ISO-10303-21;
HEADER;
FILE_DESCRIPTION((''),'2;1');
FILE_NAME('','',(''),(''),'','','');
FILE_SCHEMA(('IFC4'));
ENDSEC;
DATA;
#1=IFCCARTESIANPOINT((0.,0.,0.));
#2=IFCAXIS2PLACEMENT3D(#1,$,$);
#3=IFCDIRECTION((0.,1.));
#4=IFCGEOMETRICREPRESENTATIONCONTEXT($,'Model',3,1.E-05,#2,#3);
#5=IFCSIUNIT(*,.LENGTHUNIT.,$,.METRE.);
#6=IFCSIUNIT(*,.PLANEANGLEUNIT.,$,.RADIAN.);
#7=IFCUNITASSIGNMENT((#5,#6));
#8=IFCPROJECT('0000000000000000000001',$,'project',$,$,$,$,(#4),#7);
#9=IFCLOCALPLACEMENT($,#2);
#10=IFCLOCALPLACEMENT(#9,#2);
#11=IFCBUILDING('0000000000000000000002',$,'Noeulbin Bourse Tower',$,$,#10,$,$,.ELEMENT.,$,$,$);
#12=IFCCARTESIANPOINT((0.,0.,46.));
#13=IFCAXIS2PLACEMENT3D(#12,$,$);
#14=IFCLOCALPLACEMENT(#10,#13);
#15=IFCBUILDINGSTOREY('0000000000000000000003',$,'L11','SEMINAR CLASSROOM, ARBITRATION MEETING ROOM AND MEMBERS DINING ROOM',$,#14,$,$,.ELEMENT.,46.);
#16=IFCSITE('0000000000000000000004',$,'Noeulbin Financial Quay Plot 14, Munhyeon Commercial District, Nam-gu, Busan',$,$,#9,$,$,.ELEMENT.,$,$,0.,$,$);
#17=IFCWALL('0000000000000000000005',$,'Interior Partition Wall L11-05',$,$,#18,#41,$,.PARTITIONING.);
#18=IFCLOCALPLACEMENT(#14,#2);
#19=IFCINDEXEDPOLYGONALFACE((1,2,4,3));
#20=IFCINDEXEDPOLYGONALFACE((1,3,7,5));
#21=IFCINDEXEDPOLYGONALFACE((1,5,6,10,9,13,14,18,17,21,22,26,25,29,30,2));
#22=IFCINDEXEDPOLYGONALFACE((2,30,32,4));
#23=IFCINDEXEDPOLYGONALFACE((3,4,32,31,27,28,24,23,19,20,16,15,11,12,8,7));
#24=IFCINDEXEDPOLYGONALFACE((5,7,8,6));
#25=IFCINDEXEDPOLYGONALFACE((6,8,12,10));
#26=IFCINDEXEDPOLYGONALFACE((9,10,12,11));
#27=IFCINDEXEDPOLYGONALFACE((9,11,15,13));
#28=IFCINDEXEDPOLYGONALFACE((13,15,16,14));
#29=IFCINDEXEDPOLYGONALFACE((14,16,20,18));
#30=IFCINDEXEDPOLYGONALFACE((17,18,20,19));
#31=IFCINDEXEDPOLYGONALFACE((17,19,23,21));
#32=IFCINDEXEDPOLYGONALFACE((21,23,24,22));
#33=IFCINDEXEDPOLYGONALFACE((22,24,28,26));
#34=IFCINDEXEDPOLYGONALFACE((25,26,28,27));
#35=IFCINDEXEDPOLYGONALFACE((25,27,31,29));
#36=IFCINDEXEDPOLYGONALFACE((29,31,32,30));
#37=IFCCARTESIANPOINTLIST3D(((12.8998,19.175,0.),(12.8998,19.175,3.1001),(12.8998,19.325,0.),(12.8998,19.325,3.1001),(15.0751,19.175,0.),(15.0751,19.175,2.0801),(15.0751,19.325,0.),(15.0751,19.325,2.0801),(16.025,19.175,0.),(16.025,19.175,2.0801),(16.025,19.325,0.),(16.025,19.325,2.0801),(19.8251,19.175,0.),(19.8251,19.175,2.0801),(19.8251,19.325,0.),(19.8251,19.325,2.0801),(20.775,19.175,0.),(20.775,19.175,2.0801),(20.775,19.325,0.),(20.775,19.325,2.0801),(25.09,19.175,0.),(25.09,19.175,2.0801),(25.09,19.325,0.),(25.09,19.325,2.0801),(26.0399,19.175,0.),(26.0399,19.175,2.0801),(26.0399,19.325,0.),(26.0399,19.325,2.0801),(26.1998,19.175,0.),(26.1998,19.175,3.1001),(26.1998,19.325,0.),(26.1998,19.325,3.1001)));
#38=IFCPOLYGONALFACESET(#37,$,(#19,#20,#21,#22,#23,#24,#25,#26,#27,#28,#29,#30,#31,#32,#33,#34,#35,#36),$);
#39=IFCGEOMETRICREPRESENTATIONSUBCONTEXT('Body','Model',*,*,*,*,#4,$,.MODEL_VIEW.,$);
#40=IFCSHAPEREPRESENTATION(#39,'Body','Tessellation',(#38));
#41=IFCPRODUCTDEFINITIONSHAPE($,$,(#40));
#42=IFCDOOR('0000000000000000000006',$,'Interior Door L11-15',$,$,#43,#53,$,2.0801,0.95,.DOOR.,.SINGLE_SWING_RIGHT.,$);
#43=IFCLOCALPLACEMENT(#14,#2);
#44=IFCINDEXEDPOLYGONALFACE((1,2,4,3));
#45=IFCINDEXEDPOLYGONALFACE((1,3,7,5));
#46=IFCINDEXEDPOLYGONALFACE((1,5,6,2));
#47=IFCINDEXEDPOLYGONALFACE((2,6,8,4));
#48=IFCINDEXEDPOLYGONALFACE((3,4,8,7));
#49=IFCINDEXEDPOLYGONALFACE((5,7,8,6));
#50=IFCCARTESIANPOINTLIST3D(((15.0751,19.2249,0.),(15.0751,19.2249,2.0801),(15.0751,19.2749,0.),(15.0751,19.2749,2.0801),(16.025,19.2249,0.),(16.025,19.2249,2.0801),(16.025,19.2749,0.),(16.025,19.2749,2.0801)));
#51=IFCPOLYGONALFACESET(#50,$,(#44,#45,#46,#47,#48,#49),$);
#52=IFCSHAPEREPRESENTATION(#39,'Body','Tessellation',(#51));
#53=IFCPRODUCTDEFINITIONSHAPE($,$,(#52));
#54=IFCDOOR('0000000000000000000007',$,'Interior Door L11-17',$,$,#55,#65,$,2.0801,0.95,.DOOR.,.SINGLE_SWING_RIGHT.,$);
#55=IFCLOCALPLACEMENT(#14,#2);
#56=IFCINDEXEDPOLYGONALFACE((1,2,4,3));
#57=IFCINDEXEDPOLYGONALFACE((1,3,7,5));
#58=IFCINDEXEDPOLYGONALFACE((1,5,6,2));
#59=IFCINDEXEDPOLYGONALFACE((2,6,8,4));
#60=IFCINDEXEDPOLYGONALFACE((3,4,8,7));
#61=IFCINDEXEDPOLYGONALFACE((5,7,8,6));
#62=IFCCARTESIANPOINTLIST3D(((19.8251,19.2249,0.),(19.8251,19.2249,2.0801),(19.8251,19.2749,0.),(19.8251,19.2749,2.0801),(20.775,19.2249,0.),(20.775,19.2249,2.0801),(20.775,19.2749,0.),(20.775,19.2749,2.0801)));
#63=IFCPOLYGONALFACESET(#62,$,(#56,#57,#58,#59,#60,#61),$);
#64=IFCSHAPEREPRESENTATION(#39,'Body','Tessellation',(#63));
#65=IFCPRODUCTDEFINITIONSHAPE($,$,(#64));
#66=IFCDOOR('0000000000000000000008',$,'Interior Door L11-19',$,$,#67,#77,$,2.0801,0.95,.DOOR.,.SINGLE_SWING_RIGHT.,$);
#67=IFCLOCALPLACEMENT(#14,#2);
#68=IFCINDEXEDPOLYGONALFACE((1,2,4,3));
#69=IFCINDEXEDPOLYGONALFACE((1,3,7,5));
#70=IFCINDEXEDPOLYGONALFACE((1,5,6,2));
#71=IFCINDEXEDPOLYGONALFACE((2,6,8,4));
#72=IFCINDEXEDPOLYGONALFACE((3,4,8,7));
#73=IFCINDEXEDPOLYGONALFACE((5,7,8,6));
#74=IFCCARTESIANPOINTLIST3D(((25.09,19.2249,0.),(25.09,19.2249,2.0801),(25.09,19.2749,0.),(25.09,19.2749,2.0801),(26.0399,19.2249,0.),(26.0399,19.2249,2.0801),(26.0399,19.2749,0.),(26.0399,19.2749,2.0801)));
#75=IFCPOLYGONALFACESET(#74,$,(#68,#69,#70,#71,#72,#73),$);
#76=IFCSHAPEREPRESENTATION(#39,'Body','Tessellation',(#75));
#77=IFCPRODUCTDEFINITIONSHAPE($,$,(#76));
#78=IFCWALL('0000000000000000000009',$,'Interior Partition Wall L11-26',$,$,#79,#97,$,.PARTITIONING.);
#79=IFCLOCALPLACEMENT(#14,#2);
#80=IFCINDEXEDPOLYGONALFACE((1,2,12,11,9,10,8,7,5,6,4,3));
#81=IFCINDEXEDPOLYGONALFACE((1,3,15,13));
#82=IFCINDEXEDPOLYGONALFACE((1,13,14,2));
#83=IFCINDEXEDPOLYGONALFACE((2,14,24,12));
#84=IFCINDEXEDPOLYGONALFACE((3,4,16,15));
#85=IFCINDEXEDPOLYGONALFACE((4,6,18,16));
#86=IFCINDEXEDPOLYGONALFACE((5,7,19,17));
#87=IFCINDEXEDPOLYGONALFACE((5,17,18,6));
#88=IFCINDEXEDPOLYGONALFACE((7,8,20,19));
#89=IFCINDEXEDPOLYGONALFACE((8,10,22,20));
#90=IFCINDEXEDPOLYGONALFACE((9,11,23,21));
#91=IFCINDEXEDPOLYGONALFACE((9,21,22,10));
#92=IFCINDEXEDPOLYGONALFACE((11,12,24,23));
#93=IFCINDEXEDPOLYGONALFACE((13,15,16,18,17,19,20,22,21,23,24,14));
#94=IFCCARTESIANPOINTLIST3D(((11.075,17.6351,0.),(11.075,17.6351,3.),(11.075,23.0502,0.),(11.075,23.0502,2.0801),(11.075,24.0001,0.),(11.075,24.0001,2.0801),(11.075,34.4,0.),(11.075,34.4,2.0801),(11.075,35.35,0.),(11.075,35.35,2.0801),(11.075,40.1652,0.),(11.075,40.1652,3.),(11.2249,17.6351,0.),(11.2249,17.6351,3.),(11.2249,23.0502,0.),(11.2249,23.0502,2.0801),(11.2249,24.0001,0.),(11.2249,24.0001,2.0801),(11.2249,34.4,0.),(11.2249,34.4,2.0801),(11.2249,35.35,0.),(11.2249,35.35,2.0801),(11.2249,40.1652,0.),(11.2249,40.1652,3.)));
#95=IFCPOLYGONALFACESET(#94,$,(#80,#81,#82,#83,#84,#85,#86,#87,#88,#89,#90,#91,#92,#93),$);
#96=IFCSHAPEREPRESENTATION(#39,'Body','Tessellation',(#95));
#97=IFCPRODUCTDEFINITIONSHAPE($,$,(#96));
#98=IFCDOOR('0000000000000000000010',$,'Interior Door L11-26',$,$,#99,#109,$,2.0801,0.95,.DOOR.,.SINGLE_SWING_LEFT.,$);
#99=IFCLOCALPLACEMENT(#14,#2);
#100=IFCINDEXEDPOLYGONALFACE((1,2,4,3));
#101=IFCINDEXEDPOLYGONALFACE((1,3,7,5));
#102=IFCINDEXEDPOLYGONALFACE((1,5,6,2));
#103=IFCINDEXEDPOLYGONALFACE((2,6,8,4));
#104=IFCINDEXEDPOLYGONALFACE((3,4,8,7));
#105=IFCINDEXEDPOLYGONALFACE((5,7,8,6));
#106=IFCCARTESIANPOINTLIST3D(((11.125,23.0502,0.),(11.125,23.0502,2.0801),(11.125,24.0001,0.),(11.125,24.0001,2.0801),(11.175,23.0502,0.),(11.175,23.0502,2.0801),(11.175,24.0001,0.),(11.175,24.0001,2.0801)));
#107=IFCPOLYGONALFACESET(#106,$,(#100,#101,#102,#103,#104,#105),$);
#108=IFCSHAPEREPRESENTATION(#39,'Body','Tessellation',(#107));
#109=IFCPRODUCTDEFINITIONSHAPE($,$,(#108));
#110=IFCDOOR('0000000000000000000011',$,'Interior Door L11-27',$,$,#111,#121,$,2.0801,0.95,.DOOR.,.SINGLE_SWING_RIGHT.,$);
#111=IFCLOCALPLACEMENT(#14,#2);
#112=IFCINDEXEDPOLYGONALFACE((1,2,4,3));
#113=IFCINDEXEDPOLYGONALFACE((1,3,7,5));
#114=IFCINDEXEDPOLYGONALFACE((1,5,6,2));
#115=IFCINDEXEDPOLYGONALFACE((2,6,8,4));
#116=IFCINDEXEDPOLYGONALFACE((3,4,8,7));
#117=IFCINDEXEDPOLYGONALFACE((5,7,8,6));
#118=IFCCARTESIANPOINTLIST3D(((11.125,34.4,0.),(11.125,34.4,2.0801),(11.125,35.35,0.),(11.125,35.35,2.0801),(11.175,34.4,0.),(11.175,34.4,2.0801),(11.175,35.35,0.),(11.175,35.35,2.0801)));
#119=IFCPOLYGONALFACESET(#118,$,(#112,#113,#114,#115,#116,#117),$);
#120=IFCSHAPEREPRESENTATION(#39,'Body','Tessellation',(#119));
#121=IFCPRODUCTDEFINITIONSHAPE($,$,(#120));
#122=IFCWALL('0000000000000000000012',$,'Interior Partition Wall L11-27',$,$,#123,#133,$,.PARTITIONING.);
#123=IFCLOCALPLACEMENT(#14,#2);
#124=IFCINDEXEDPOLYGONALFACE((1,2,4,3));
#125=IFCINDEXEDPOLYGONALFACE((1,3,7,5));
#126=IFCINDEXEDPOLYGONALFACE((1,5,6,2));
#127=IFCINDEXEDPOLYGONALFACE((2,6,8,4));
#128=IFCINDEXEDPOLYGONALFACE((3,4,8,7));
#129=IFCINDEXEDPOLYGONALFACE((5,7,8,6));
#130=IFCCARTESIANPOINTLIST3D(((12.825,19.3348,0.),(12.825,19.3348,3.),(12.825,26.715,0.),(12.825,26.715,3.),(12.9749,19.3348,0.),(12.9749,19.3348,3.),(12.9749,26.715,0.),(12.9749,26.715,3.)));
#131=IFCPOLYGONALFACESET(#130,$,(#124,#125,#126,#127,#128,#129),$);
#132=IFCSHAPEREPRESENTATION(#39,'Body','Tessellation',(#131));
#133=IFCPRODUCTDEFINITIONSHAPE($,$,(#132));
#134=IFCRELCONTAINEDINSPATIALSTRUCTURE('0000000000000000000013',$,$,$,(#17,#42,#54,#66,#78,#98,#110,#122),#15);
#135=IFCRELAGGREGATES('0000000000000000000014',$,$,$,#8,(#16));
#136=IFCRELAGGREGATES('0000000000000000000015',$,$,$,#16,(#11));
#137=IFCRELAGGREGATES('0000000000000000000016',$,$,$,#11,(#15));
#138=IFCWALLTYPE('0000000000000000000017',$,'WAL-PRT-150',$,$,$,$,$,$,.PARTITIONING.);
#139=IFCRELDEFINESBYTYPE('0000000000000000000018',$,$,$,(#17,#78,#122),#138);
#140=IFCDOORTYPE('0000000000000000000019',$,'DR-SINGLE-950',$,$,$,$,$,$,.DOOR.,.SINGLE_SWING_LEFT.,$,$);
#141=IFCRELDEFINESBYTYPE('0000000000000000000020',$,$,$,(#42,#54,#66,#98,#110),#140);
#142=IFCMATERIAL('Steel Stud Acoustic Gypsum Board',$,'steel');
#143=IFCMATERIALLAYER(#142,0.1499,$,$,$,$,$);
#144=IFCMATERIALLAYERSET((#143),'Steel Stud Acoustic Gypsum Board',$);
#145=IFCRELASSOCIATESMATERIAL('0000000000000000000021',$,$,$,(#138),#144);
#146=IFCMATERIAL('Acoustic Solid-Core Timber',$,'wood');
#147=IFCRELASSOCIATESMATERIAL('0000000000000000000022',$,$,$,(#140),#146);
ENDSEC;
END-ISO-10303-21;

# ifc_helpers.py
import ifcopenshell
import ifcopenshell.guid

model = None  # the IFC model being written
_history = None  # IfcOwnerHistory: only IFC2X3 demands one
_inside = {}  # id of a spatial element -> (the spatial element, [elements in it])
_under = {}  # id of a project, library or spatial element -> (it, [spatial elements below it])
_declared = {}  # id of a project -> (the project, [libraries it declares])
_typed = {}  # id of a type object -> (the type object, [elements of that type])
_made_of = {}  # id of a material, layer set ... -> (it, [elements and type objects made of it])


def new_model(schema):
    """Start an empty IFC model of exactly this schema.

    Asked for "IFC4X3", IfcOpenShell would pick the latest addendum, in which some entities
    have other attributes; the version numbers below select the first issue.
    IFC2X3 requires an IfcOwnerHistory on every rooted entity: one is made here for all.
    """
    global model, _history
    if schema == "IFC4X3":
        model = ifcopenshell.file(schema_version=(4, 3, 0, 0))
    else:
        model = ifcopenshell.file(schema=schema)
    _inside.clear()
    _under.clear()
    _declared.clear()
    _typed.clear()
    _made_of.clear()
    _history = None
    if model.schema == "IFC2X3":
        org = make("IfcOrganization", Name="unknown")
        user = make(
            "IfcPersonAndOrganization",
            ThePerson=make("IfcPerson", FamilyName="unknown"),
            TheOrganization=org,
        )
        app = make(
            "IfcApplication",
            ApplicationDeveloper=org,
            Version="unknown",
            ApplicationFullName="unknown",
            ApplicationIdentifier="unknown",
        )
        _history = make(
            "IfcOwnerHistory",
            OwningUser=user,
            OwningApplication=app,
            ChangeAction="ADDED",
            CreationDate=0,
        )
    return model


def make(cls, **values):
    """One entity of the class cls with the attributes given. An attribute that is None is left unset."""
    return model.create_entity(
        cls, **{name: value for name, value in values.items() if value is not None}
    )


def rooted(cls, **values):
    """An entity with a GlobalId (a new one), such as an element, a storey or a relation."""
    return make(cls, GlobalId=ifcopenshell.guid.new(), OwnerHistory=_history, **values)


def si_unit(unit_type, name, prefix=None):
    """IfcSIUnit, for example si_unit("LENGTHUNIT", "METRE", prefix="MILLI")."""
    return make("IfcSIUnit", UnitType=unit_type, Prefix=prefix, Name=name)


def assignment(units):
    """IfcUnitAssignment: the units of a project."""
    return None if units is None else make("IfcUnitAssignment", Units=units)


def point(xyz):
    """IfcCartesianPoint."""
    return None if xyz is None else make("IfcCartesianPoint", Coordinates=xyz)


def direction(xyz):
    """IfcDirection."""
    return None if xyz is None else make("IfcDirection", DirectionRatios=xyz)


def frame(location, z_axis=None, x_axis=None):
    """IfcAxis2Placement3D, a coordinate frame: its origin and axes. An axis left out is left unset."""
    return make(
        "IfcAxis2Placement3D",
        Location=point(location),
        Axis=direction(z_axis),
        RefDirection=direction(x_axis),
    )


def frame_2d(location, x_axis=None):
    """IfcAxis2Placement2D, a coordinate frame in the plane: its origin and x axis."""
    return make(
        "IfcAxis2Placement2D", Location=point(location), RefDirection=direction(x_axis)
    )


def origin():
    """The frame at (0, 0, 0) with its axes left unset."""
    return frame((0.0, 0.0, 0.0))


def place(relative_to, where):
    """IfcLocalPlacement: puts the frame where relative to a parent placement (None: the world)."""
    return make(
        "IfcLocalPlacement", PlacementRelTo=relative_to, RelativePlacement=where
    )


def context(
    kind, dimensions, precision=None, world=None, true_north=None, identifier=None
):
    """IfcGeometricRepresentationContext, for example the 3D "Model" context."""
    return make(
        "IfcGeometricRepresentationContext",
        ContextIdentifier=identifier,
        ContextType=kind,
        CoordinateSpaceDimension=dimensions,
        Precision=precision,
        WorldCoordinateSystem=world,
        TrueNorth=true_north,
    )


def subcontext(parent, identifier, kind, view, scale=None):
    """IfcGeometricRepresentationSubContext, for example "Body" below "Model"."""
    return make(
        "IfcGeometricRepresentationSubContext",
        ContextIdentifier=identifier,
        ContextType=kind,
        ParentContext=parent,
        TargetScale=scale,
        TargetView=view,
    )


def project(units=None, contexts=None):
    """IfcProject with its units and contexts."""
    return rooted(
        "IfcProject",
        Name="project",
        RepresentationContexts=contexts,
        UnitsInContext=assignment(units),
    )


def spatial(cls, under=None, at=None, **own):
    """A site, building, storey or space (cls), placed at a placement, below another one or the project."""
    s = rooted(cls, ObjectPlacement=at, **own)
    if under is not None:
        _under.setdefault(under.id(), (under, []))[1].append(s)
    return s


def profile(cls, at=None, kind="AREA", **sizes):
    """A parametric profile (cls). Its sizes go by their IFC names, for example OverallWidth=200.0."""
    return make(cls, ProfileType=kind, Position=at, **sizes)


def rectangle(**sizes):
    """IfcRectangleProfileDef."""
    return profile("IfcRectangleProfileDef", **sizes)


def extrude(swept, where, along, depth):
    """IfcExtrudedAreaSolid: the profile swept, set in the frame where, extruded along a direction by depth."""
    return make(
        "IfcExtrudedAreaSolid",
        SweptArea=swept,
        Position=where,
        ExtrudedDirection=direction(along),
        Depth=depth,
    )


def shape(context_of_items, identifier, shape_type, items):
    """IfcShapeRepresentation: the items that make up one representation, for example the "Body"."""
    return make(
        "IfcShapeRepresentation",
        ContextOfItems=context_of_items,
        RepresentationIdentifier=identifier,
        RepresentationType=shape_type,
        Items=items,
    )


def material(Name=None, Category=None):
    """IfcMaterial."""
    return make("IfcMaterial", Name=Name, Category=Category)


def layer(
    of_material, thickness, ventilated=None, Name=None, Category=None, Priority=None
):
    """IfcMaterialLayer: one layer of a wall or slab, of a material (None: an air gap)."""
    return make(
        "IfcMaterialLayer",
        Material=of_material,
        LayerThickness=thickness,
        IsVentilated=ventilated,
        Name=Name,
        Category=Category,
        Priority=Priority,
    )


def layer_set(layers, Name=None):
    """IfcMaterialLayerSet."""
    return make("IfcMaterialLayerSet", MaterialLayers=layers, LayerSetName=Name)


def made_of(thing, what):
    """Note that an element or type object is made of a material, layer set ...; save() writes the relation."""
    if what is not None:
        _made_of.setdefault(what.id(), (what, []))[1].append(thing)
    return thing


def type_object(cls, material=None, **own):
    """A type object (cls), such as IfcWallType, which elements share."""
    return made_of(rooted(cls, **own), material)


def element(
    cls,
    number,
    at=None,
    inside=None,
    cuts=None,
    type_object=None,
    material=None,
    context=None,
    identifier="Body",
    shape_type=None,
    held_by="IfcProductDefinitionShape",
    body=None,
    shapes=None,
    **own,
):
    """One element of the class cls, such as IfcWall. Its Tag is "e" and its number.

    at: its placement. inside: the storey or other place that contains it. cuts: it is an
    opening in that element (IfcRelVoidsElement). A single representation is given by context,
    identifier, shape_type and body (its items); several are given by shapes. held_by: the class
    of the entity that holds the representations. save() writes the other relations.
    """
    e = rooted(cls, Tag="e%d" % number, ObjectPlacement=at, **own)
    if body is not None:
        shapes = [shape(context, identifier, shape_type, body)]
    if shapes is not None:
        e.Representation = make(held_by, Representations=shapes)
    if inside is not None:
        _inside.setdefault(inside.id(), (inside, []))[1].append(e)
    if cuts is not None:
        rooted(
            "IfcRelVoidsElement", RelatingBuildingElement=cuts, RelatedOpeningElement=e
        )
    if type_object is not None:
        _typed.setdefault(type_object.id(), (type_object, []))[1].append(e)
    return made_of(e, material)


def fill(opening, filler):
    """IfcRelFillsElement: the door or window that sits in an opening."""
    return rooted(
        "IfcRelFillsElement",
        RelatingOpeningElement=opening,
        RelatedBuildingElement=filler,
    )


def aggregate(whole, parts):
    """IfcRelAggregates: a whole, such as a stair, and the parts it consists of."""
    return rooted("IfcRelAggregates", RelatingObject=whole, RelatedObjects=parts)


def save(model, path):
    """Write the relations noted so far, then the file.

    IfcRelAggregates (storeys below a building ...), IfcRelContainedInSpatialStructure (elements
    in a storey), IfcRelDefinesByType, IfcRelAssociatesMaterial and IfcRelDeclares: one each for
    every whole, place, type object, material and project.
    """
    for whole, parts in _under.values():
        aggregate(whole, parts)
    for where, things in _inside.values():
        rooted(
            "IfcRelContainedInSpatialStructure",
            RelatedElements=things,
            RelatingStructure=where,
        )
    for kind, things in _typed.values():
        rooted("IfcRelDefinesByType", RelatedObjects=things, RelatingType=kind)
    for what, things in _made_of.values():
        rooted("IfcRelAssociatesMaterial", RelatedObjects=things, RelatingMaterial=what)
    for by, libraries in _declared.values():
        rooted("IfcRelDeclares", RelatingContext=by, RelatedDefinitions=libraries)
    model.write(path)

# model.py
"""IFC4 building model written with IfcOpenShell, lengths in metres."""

from ifc_helpers import new_model, si_unit, direction, frame, frame_2d, origin, place, context, subcontext, project, spatial, rectangle, extrude, material, layer, layer_set, type_object, element, fill, save


model = new_model("IFC4")

# Units and contexts
model_context = context("Model", 3, precision=1e-05, world=origin(), true_north=direction((0.0, 1.0)))
body_context = subcontext(model_context, "Body", "Model", "MODEL_VIEW")
ifc_project = project(units=[si_unit("LENGTHUNIT", "METRE"), si_unit("PLANEANGLEUNIT", "RADIAN")], contexts=[model_context])

# Site, building, storey
site_placement = place(None, origin())
site = spatial("IfcSite", under=ifc_project, at=site_placement, Name="Noeulbin Financial Quay Plot 14, Munhyeon Commercial District, Nam-gu, Busan", CompositionType="ELEMENT", RefElevation=0.0)
building_placement = place(site_placement, origin())
building = spatial("IfcBuilding", under=site, at=building_placement, Name="Noeulbin Bourse Tower", CompositionType="ELEMENT")
storey_placement = place(building_placement, frame((0.0, 0.0, 46.0)))
storey = spatial("IfcBuildingStorey", under=building, at=storey_placement, Name="L11", Description="SEMINAR CLASSROOM, ARBITRATION MEETING ROOM AND MEMBERS DINING ROOM", CompositionType="ELEMENT", Elevation=46.0)

# Walls, openings, doors
ifc_material_1 = material(Name="Steel Stud Acoustic Gypsum Board", Category="steel")
ifc_layer_1 = layer(ifc_material_1, 0.1499)
ifc_layer_set_1 = layer_set([ifc_layer_1], Name="Steel Stud Acoustic Gypsum Board")
wall_type_1 = type_object("IfcWallType", Name="WAL-PRT-150", PredefinedType="PARTITIONING", material=ifc_layer_set_1)
ifc_material_2 = material(Name="Acoustic Solid-Core Timber", Category="wood")
door_type = type_object("IfcDoorType", Name="DR-SINGLE-950", OperationType="SINGLE_SWING_LEFT", PredefinedType="DOOR", material=ifc_material_2)
wall_1_placement = place(storey_placement, frame((12.8999, 19.25, 0.0), z_axis=(0.0, 0.0, 1.0), x_axis=(1.0, 0.0, 0.0)))
wall_1 = element("IfcWall", 1, at=wall_1_placement, inside=storey, type_object=wall_type_1, Name="Interior Partition Wall L11-05", PredefinedType="PARTITIONING", context=body_context, shape_type="SweptSolid", body=[
    extrude(rectangle(XDim=13.3, YDim=0.1499, at=frame_2d((6.6499, 0.0))), origin(), (0.0, 0.0, 1.0), 3.1001),
])
opening_1_placement = place(wall_1_placement, frame((2.175, 0.0, 0.0)))
opening_1 = element("IfcOpeningElement", 2, at=opening_1_placement, cuts=wall_1, PredefinedType="OPENING", context=body_context, shape_type="SweptSolid", body=[
    extrude(rectangle(XDim=0.95, YDim=2.0801, at=frame_2d((0.4751, 1.04))), frame((0.0, 0.085, 0.0), z_axis=(0.0, -1.0, 0.0), x_axis=(1.0, 0.0, 0.0)), (0.0, 0.0, 1.0), 0.1699),
])
opening_2_placement = place(wall_1_placement, frame((6.925, 0.0, 0.0)))
opening_2 = element("IfcOpeningElement", 3, at=opening_2_placement, cuts=wall_1, PredefinedType="OPENING", context=body_context, shape_type="SweptSolid", body=[
    extrude(rectangle(XDim=0.95, YDim=2.0801, at=frame_2d((0.4751, 1.04))), frame((0.0, 0.085, 0.0), z_axis=(0.0, -1.0, 0.0), x_axis=(1.0, 0.0, 0.0)), (0.0, 0.0, 1.0), 0.1699),
])
opening_3_placement = place(wall_1_placement, frame((12.1899, 0.0, 0.0)))
opening_3 = element("IfcOpeningElement", 4, at=opening_3_placement, cuts=wall_1, PredefinedType="OPENING", context=body_context, shape_type="SweptSolid", body=[
    extrude(rectangle(XDim=0.95, YDim=2.0801, at=frame_2d((0.4751, 1.04))), frame((0.0, 0.085, 0.0), z_axis=(0.0, -1.0, 0.0), x_axis=(1.0, 0.0, 0.0)), (0.0, 0.0, 1.0), 0.1699),
])
door_1_placement = place(opening_1_placement, origin())
door_1 = element("IfcDoor", 5, at=door_1_placement, inside=storey, type_object=door_type, Name="Interior Door L11-15", OperationType="SINGLE_SWING_RIGHT", OverallHeight=2.0801, OverallWidth=0.95, PredefinedType="DOOR", context=body_context, shape_type="SweptSolid", body=[
    extrude(rectangle(XDim=0.95, YDim=2.0801, at=frame_2d((0.4751, 1.04))), frame((0.0, 0.0249, 0.0), z_axis=(0.0, -1.0, 0.0), x_axis=(1.0, 0.0, 0.0)), (0.0, 0.0, 1.0), 0.05),
])
fill(opening_1, door_1)
door_2_placement = place(opening_2_placement, origin())
door_2 = element("IfcDoor", 6, at=door_2_placement, inside=storey, type_object=door_type, Name="Interior Door L11-17", OperationType="SINGLE_SWING_RIGHT", OverallHeight=2.0801, OverallWidth=0.95, PredefinedType="DOOR", context=body_context, shape_type="SweptSolid", body=[
    extrude(rectangle(XDim=0.95, YDim=2.0801, at=frame_2d((0.4751, 1.04))), frame((0.0, 0.0249, 0.0), z_axis=(0.0, -1.0, 0.0), x_axis=(1.0, 0.0, 0.0)), (0.0, 0.0, 1.0), 0.05),
])
fill(opening_2, door_2)
door_3_placement = place(opening_3_placement, origin())
door_3 = element("IfcDoor", 7, at=door_3_placement, inside=storey, type_object=door_type, Name="Interior Door L11-19", OperationType="SINGLE_SWING_RIGHT", OverallHeight=2.0801, OverallWidth=0.95, PredefinedType="DOOR", context=body_context, shape_type="SweptSolid", body=[
    extrude(rectangle(XDim=0.95, YDim=2.0801, at=frame_2d((0.4751, 1.04))), frame((0.0, 0.0249, 0.0), z_axis=(0.0, -1.0, 0.0), x_axis=(1.0, 0.0, 0.0)), (0.0, 0.0, 1.0), 0.05),
])
fill(opening_3, door_3)
wall_2_placement = place(storey_placement, frame((11.1499, 17.635, 0.0), z_axis=(0.0, 0.0, 1.0), x_axis=(0.0, 1.0, 0.0)))
wall_2 = element("IfcWall", 8, at=wall_2_placement, inside=storey, type_object=wall_type_1, Name="Interior Partition Wall L11-26", PredefinedType="PARTITIONING", context=body_context, shape_type="SweptSolid", body=[
    extrude(rectangle(XDim=22.53, YDim=0.1499, at=frame_2d((11.2651, 0.0))), origin(), (0.0, 0.0, 1.0), 3.0),
])
opening_4_placement = place(wall_2_placement, frame((5.415, 0.0, 0.0)))
opening_4 = element("IfcOpeningElement", 9, at=opening_4_placement, cuts=wall_2, PredefinedType="OPENING", context=body_context, shape_type="SweptSolid", body=[
    extrude(rectangle(XDim=0.95, YDim=2.0801, at=frame_2d((0.4751, 1.04))), frame((0.0, 0.085, 0.0), z_axis=(0.0, -1.0, 0.0), x_axis=(1.0, 0.0, 0.0)), (0.0, 0.0, 1.0), 0.1699),
])
opening_5_placement = place(wall_2_placement, frame((16.7649, 0.0, 0.0)))
opening_5 = element("IfcOpeningElement", 10, at=opening_5_placement, cuts=wall_2, PredefinedType="OPENING", context=body_context, shape_type="SweptSolid", body=[
    extrude(rectangle(XDim=0.95, YDim=2.0801, at=frame_2d((0.4751, 1.04))), frame((0.0, 0.085, 0.0), z_axis=(0.0, -1.0, 0.0), x_axis=(1.0, 0.0, 0.0)), (0.0, 0.0, 1.0), 0.1699),
])
door_4_placement = place(opening_4_placement, origin())
door_4 = element("IfcDoor", 11, at=door_4_placement, inside=storey, type_object=door_type, Name="Interior Door L11-26", OperationType="SINGLE_SWING_LEFT", OverallHeight=2.0801, OverallWidth=0.95, PredefinedType="DOOR", context=body_context, shape_type="SweptSolid", body=[
    extrude(rectangle(XDim=0.95, YDim=2.0801, at=frame_2d((0.4751, 1.04))), frame((0.0, 0.0249, 0.0), z_axis=(0.0, -1.0, 0.0), x_axis=(1.0, 0.0, 0.0)), (0.0, 0.0, 1.0), 0.05),
])
fill(opening_4, door_4)
door_5_placement = place(opening_5_placement, origin())
door_5 = element("IfcDoor", 12, at=door_5_placement, inside=storey, type_object=door_type, Name="Interior Door L11-27", OperationType="SINGLE_SWING_RIGHT", OverallHeight=2.0801, OverallWidth=0.95, PredefinedType="DOOR", context=body_context, shape_type="SweptSolid", body=[
    extrude(rectangle(XDim=0.95, YDim=2.0801, at=frame_2d((0.4751, 1.04))), frame((0.0, 0.0249, 0.0), z_axis=(0.0, -1.0, 0.0), x_axis=(1.0, 0.0, 0.0)), (0.0, 0.0, 1.0), 0.05),
])
fill(opening_5, door_5)

# Wall
wall_3_placement = place(storey_placement, frame((12.8999, 19.335, 0.0), z_axis=(0.0, 0.0, 1.0), x_axis=(0.0, 1.0, 0.0)))
element("IfcWall", 13, at=wall_3_placement, inside=storey, type_object=wall_type_1, Name="Interior Partition Wall L11-27", PredefinedType="PARTITIONING", context=body_context, shape_type="SweptSolid", body=[
    extrude(rectangle(XDim=7.3801, YDim=0.1499, at=frame_2d((3.6899, 0.0))), origin(), (0.0, 0.0, 1.0), 3.0),
])

save(model, "model.ifc")
